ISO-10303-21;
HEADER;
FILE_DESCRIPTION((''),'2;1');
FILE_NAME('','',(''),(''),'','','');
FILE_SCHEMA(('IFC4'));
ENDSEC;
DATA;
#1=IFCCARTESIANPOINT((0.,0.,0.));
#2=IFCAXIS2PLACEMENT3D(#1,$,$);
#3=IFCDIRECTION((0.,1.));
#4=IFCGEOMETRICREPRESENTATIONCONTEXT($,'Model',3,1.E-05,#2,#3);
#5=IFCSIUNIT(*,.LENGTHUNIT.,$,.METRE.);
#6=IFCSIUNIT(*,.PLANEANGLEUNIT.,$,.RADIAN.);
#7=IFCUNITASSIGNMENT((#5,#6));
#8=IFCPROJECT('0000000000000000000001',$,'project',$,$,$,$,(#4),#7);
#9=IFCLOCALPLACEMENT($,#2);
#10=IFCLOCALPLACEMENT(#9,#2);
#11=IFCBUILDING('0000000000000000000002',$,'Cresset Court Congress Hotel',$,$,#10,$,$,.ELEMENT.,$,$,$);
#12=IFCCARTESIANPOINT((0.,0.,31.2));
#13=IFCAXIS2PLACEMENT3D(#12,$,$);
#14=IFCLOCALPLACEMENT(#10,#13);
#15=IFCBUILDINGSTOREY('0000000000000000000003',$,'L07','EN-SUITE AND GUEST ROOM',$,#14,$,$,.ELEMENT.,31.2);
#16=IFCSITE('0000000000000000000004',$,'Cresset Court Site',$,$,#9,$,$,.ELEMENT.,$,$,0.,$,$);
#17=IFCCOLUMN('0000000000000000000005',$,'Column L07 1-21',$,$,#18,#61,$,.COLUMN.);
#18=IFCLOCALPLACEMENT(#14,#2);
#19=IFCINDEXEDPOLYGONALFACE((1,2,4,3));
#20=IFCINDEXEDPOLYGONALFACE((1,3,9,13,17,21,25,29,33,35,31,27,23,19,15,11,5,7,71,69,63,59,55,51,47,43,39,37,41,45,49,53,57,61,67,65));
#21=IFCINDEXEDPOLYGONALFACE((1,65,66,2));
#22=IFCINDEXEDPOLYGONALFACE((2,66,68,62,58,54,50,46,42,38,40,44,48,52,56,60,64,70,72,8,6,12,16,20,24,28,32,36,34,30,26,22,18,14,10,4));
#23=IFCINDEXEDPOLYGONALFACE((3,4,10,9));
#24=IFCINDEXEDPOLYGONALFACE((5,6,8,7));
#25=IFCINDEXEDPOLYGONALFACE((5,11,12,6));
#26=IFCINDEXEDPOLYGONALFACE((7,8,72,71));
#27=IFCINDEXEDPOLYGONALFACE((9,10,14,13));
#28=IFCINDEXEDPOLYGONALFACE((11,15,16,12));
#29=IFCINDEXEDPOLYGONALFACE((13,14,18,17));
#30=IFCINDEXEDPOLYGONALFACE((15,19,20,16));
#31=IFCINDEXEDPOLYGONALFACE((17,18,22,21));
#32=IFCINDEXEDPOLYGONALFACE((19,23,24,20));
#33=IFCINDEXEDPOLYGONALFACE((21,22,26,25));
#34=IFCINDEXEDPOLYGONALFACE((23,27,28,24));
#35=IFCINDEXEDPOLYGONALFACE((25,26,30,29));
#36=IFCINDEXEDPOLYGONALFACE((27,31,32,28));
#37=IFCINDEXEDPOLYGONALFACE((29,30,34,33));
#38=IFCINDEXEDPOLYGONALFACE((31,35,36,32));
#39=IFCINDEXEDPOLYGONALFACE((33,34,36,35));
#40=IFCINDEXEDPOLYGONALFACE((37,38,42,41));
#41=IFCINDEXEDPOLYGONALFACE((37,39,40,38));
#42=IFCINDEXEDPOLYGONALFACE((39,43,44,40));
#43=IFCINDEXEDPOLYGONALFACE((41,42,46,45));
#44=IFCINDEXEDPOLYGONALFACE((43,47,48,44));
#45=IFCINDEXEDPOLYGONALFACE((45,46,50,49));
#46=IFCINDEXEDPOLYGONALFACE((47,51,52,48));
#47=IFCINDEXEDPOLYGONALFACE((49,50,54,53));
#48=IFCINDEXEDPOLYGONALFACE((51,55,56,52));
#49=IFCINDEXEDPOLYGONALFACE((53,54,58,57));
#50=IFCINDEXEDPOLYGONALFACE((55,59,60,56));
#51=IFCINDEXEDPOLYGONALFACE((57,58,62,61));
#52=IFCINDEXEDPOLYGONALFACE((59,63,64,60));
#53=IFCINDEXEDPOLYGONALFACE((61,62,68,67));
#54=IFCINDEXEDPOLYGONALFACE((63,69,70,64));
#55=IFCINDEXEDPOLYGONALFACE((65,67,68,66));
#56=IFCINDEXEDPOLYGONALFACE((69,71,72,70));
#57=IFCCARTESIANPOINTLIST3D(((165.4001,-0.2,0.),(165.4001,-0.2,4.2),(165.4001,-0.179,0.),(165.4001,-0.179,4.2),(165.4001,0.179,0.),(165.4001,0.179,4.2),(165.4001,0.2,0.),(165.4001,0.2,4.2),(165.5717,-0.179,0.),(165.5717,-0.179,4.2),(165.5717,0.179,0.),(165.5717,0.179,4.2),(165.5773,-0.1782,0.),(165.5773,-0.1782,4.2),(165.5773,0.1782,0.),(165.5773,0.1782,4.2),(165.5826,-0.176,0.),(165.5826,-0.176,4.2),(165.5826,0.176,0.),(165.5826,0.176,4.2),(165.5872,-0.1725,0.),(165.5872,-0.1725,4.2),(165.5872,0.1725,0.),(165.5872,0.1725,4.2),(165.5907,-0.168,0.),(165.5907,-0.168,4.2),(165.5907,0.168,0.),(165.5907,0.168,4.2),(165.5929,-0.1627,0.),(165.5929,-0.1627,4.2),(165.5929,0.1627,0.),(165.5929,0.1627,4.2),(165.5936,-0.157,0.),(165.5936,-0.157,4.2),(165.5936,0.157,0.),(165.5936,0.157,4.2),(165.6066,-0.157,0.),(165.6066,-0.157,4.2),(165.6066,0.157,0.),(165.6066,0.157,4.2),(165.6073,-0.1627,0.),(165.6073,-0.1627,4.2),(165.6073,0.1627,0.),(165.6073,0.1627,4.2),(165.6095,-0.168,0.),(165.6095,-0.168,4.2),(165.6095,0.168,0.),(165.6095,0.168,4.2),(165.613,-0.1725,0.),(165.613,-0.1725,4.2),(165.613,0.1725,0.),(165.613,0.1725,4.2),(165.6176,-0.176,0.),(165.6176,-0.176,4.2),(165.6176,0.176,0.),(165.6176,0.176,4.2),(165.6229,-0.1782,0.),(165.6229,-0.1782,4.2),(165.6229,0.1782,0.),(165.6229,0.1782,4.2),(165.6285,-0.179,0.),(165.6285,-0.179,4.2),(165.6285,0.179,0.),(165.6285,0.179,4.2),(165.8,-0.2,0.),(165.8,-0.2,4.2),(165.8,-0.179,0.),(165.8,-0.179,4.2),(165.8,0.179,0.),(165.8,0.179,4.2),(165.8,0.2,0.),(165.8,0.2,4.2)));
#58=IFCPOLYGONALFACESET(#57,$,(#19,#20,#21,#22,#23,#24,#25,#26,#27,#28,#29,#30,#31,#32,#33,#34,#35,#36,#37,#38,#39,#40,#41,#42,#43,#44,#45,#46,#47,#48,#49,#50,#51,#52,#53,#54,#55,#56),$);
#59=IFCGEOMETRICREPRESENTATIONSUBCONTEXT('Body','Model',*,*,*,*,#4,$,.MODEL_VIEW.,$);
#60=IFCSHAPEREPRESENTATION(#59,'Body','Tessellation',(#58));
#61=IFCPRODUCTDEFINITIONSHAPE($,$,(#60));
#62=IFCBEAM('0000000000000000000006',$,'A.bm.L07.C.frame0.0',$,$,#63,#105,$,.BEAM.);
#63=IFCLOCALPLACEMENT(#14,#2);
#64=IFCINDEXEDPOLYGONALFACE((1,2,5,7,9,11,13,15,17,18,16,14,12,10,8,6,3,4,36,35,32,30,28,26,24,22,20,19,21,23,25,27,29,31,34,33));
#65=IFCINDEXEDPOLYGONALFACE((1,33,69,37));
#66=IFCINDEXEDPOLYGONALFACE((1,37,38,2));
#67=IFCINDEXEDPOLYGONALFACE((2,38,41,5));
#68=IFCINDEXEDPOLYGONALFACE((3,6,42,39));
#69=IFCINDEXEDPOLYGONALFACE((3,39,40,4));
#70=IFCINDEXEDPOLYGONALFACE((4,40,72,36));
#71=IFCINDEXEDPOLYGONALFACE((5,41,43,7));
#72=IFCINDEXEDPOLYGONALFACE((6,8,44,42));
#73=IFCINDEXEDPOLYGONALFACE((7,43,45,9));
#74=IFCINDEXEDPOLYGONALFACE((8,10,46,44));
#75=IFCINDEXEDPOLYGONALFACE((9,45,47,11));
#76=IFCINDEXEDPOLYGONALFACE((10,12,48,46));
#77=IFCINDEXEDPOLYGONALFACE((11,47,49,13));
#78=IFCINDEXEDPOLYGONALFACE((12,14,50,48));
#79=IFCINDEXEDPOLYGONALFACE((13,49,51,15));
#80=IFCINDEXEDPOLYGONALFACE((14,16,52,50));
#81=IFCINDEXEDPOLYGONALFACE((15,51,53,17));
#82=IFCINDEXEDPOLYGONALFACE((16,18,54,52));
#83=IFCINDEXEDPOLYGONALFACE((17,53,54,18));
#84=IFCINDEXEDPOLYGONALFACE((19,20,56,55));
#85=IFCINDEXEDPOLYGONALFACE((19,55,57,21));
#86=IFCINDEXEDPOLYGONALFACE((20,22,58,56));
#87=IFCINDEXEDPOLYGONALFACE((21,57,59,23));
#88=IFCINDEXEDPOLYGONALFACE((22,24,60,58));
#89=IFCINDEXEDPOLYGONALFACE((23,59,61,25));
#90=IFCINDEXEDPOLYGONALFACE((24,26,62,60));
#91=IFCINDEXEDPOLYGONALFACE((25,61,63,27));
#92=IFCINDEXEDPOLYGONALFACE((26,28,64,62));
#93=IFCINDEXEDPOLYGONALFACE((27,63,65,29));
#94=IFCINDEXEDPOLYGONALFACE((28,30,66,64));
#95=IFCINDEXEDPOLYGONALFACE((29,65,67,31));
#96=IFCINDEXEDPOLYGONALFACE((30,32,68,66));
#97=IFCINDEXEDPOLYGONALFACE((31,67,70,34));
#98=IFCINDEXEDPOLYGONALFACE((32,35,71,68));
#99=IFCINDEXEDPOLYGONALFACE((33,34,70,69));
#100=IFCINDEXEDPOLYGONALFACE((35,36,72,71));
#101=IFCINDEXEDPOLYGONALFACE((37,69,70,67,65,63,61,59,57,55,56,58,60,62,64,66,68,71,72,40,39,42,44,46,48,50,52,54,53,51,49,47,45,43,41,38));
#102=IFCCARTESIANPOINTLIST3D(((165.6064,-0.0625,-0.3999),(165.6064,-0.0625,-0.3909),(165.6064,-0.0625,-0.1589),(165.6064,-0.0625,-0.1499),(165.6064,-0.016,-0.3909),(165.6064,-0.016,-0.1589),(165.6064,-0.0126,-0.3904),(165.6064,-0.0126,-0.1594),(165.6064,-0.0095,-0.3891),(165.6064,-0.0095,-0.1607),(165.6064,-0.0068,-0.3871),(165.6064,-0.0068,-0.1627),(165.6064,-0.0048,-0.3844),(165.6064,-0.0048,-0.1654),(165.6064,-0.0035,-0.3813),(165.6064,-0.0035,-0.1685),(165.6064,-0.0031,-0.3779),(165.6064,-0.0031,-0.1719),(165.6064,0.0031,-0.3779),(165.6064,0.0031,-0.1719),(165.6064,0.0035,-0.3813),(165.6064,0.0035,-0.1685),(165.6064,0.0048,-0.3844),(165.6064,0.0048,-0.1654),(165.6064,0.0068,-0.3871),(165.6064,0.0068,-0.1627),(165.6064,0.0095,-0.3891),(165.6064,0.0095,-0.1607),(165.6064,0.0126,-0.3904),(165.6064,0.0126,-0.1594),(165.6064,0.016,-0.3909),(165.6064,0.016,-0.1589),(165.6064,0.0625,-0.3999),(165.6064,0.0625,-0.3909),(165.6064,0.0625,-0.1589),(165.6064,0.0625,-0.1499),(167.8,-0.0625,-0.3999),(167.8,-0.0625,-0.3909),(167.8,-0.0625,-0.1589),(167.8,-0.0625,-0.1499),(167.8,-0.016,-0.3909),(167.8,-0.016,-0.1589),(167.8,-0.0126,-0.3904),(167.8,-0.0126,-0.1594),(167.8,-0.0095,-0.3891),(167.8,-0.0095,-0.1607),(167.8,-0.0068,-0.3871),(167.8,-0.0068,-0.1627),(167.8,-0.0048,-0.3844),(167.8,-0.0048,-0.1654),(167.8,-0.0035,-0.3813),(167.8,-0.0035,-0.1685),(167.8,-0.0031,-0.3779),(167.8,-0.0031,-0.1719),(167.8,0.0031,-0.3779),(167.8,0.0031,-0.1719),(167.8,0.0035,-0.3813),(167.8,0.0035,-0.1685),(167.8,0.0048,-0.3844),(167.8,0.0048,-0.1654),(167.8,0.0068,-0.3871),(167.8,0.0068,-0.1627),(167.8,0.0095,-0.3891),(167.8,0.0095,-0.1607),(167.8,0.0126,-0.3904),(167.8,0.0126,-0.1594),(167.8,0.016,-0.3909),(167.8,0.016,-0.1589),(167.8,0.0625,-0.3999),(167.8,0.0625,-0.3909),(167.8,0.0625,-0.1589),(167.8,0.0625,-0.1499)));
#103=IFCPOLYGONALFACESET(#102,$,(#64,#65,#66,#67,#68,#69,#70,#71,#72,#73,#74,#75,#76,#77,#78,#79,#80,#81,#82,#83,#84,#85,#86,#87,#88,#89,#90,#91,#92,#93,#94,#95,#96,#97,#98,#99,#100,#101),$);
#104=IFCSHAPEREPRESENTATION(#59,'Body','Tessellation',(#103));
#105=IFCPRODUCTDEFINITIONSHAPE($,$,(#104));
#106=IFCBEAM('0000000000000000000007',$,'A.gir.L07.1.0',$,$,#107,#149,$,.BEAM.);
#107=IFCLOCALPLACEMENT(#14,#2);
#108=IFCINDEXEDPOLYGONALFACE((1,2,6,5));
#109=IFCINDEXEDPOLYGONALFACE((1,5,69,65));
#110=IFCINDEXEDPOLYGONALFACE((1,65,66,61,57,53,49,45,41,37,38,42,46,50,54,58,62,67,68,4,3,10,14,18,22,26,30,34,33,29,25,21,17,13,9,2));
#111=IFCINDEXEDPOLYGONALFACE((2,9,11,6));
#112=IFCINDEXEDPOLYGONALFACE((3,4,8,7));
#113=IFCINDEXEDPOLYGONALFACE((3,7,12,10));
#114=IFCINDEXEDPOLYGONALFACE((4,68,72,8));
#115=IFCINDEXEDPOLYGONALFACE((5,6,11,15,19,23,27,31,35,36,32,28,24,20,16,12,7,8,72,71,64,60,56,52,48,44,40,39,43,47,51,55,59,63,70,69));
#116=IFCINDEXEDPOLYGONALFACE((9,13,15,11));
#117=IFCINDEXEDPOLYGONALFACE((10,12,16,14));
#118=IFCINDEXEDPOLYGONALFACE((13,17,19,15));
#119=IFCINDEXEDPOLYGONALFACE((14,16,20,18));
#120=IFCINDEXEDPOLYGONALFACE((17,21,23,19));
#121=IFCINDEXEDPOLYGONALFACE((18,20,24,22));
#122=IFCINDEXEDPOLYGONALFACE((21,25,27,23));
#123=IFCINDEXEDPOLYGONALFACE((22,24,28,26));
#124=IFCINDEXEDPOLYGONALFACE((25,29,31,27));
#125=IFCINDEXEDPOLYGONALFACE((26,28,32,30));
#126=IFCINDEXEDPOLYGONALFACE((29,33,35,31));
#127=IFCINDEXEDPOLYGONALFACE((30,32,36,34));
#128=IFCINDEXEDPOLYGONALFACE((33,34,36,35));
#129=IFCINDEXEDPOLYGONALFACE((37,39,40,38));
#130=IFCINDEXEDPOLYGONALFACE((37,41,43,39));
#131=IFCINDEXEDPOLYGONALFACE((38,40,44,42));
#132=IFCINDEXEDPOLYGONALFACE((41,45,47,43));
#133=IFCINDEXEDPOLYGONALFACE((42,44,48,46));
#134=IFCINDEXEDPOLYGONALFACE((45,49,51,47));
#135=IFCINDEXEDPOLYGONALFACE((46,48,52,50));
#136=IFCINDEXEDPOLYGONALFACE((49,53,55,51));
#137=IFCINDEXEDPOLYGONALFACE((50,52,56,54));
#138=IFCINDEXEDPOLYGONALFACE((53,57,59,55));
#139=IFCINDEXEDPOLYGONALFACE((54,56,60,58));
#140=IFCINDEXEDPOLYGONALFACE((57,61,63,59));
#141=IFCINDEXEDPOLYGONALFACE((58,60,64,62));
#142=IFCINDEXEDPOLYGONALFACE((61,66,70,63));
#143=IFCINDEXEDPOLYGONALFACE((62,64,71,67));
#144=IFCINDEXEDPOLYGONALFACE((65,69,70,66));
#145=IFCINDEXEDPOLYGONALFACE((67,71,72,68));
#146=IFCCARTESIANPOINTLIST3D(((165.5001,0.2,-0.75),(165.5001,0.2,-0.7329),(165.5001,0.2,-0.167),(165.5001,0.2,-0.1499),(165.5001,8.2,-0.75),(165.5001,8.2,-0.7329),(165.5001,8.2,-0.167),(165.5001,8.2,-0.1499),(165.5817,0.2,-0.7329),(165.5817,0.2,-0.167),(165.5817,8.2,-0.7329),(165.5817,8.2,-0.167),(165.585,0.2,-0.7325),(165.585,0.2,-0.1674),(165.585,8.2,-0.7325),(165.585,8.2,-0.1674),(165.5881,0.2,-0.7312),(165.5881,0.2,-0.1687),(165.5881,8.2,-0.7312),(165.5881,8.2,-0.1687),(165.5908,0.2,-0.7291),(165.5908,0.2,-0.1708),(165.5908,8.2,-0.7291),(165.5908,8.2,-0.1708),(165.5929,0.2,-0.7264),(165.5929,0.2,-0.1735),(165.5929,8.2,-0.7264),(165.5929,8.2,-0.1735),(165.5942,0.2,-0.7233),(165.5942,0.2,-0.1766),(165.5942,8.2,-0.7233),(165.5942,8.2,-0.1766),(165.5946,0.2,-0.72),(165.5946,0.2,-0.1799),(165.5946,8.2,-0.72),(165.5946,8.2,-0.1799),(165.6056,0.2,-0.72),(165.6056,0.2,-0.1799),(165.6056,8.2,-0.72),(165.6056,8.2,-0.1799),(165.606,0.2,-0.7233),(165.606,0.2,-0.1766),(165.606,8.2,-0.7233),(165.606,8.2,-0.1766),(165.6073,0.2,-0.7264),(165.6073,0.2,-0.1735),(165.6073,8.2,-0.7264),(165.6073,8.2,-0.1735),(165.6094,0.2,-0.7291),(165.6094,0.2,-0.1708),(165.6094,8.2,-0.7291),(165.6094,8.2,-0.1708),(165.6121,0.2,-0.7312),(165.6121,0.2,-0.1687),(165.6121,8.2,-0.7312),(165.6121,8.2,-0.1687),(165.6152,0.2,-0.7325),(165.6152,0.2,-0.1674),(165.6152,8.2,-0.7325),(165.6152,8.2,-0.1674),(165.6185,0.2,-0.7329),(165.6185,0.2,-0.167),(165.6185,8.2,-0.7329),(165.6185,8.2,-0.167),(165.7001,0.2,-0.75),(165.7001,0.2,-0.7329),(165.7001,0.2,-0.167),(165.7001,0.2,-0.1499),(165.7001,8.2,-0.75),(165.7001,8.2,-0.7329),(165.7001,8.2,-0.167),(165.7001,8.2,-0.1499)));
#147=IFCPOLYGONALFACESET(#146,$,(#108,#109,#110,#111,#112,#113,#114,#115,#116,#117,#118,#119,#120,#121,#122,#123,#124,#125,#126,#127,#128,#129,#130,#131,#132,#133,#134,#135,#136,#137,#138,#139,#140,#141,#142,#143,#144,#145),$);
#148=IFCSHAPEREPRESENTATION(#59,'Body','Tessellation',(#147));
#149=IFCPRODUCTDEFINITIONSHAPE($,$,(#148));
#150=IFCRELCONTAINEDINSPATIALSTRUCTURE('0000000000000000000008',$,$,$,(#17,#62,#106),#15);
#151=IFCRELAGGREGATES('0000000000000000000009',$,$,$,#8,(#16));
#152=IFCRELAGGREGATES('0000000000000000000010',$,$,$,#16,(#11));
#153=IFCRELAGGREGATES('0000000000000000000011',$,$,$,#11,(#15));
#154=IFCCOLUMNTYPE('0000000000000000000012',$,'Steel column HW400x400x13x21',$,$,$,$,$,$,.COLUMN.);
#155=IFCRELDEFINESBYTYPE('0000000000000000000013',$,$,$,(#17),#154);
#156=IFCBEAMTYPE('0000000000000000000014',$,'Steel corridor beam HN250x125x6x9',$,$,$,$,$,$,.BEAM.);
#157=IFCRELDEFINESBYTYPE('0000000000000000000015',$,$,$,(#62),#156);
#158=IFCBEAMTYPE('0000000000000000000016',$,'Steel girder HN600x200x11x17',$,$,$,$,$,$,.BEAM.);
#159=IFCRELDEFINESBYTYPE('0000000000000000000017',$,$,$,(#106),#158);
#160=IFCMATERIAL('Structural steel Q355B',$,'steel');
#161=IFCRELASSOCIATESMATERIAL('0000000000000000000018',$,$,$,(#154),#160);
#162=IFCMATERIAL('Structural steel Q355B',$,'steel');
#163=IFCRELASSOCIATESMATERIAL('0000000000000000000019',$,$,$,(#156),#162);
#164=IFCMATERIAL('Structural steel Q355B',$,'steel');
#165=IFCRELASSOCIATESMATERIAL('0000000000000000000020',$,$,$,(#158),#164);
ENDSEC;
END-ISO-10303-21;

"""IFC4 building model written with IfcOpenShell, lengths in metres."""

from ifc_helpers import new_model, si_unit, direction, frame, origin, origin_2d, place, context, subcontext, project, spatial, i_section, extrude, material, material_profile, profile_set, type_object, element, save


model = new_model("IFC4")

# Units and contexts
model_context = context("Model", 3, precision=1e-05, world=origin(), true_north=direction((0.0, 1.0)))
body_context = subcontext(model_context, "Body", "Model", "MODEL_VIEW")
ifc_project = project(units=[si_unit("LENGTHUNIT", "METRE"), si_unit("PLANEANGLEUNIT", "RADIAN")], contexts=[model_context])

# Site, building, storey
site_placement = place(None, origin())
site = spatial("IfcSite", under=ifc_project, at=site_placement, Name="Cresset Court Site", CompositionType="ELEMENT", RefElevation=0.0)
building_placement = place(site_placement, origin())
building = spatial("IfcBuilding", under=site, at=building_placement, Name="Cresset Court Congress Hotel", CompositionType="ELEMENT")
storey_placement = place(building_placement, frame((0.0, 0.0, 31.2)))
storey = spatial("IfcBuildingStorey", under=building, at=storey_placement, Name="L07", Description="EN-SUITE AND GUEST ROOM", CompositionType="ELEMENT", Elevation=31.2)

# Column
ifc_material_1 = material(Name="Structural steel Q355B", Category="steel")
ifc_material_profile_1 = material_profile(ifc_material_1, i_section(OverallWidth=0.3999, OverallDepth=0.3999, WebThickness=0.0129, FlangeThickness=0.021, FilletRadius=0.022, at=origin_2d()), Name="HW400x400x13x21")
ifc_profile_set_1 = profile_set([ifc_material_profile_1], Name="Structural steel Q355B")
column_type = type_object("IfcColumnType", Name="Steel column HW400x400x13x21", PredefinedType="COLUMN", material=ifc_profile_set_1)
column_placement = place(storey_placement, frame((165.6001, 0.0, 0.0), z_axis=(0.0, 0.0, 1.0), x_axis=(1.0, 0.0, 0.0)))
element("IfcColumn", 1, at=column_placement, inside=storey, type_object=column_type, Name="Column L07 1-21", PredefinedType="COLUMN", context=body_context, shape_type="SweptSolid", body=[
    extrude(i_section(OverallWidth=0.3999, OverallDepth=0.3999, WebThickness=0.0129, FlangeThickness=0.021, FilletRadius=0.022, at=origin_2d()), origin(), (0.0, 0.0, 1.0), 4.2),
])

# Beams
ifc_material_2 = material(Name="Structural steel Q355B", Category="steel")
ifc_material_profile_2 = material_profile(ifc_material_2, i_section(OverallWidth=0.125, OverallDepth=0.25, WebThickness=0.0061, FlangeThickness=0.009, FilletRadius=0.0129, at=origin_2d()), Name="HN250x125x6x9")
ifc_profile_set_2 = profile_set([ifc_material_profile_2], Name="Structural steel Q355B")
beam_type_1 = type_object("IfcBeamType", Name="Steel corridor beam HN250x125x6x9", PredefinedType="BEAM", material=ifc_profile_set_2)
beam_1_placement = place(storey_placement, frame((165.6064, 0.0, -0.2749), z_axis=(1.0, 0.0, 0.0), x_axis=(0.0, 1.0, 0.0)))
element("IfcBeam", 2, at=beam_1_placement, inside=storey, type_object=beam_type_1, Name="A.bm.L07.C.frame0.0", PredefinedType="BEAM", context=body_context, shape_type="SweptSolid", body=[
    extrude(i_section(OverallWidth=0.125, OverallDepth=0.25, WebThickness=0.0061, FlangeThickness=0.009, FilletRadius=0.0129, at=origin_2d()), origin(), (0.0, 0.0, 1.0), 2.1936),
])
ifc_material_3 = material(Name="Structural steel Q355B", Category="steel")
ifc_material_profile_3 = material_profile(ifc_material_3, i_section(OverallWidth=0.2, OverallDepth=0.6001, WebThickness=0.011, FlangeThickness=0.0171, FilletRadius=0.0129, at=origin_2d()), Name="HN600x200x11x17")
ifc_profile_set_3 = profile_set([ifc_material_profile_3], Name="Structural steel Q355B")
beam_type_2 = type_object("IfcBeamType", Name="Steel girder HN600x200x11x17", PredefinedType="BEAM", material=ifc_profile_set_3)
beam_2_placement = place(storey_placement, frame((165.6001, 0.2, -0.45), z_axis=(0.0, 1.0, 0.0), x_axis=(-1.0, 0.0, 0.0)))
element("IfcBeam", 3, at=beam_2_placement, inside=storey, type_object=beam_type_2, Name="A.gir.L07.1.0", PredefinedType="BEAM", context=body_context, shape_type="SweptSolid", body=[
    extrude(i_section(OverallWidth=0.2, OverallDepth=0.6001, WebThickness=0.011, FlangeThickness=0.0171, FilletRadius=0.0129, at=origin_2d()), origin(), (0.0, 0.0, 1.0), 8.0),
])

save(model, "model.ifc")
